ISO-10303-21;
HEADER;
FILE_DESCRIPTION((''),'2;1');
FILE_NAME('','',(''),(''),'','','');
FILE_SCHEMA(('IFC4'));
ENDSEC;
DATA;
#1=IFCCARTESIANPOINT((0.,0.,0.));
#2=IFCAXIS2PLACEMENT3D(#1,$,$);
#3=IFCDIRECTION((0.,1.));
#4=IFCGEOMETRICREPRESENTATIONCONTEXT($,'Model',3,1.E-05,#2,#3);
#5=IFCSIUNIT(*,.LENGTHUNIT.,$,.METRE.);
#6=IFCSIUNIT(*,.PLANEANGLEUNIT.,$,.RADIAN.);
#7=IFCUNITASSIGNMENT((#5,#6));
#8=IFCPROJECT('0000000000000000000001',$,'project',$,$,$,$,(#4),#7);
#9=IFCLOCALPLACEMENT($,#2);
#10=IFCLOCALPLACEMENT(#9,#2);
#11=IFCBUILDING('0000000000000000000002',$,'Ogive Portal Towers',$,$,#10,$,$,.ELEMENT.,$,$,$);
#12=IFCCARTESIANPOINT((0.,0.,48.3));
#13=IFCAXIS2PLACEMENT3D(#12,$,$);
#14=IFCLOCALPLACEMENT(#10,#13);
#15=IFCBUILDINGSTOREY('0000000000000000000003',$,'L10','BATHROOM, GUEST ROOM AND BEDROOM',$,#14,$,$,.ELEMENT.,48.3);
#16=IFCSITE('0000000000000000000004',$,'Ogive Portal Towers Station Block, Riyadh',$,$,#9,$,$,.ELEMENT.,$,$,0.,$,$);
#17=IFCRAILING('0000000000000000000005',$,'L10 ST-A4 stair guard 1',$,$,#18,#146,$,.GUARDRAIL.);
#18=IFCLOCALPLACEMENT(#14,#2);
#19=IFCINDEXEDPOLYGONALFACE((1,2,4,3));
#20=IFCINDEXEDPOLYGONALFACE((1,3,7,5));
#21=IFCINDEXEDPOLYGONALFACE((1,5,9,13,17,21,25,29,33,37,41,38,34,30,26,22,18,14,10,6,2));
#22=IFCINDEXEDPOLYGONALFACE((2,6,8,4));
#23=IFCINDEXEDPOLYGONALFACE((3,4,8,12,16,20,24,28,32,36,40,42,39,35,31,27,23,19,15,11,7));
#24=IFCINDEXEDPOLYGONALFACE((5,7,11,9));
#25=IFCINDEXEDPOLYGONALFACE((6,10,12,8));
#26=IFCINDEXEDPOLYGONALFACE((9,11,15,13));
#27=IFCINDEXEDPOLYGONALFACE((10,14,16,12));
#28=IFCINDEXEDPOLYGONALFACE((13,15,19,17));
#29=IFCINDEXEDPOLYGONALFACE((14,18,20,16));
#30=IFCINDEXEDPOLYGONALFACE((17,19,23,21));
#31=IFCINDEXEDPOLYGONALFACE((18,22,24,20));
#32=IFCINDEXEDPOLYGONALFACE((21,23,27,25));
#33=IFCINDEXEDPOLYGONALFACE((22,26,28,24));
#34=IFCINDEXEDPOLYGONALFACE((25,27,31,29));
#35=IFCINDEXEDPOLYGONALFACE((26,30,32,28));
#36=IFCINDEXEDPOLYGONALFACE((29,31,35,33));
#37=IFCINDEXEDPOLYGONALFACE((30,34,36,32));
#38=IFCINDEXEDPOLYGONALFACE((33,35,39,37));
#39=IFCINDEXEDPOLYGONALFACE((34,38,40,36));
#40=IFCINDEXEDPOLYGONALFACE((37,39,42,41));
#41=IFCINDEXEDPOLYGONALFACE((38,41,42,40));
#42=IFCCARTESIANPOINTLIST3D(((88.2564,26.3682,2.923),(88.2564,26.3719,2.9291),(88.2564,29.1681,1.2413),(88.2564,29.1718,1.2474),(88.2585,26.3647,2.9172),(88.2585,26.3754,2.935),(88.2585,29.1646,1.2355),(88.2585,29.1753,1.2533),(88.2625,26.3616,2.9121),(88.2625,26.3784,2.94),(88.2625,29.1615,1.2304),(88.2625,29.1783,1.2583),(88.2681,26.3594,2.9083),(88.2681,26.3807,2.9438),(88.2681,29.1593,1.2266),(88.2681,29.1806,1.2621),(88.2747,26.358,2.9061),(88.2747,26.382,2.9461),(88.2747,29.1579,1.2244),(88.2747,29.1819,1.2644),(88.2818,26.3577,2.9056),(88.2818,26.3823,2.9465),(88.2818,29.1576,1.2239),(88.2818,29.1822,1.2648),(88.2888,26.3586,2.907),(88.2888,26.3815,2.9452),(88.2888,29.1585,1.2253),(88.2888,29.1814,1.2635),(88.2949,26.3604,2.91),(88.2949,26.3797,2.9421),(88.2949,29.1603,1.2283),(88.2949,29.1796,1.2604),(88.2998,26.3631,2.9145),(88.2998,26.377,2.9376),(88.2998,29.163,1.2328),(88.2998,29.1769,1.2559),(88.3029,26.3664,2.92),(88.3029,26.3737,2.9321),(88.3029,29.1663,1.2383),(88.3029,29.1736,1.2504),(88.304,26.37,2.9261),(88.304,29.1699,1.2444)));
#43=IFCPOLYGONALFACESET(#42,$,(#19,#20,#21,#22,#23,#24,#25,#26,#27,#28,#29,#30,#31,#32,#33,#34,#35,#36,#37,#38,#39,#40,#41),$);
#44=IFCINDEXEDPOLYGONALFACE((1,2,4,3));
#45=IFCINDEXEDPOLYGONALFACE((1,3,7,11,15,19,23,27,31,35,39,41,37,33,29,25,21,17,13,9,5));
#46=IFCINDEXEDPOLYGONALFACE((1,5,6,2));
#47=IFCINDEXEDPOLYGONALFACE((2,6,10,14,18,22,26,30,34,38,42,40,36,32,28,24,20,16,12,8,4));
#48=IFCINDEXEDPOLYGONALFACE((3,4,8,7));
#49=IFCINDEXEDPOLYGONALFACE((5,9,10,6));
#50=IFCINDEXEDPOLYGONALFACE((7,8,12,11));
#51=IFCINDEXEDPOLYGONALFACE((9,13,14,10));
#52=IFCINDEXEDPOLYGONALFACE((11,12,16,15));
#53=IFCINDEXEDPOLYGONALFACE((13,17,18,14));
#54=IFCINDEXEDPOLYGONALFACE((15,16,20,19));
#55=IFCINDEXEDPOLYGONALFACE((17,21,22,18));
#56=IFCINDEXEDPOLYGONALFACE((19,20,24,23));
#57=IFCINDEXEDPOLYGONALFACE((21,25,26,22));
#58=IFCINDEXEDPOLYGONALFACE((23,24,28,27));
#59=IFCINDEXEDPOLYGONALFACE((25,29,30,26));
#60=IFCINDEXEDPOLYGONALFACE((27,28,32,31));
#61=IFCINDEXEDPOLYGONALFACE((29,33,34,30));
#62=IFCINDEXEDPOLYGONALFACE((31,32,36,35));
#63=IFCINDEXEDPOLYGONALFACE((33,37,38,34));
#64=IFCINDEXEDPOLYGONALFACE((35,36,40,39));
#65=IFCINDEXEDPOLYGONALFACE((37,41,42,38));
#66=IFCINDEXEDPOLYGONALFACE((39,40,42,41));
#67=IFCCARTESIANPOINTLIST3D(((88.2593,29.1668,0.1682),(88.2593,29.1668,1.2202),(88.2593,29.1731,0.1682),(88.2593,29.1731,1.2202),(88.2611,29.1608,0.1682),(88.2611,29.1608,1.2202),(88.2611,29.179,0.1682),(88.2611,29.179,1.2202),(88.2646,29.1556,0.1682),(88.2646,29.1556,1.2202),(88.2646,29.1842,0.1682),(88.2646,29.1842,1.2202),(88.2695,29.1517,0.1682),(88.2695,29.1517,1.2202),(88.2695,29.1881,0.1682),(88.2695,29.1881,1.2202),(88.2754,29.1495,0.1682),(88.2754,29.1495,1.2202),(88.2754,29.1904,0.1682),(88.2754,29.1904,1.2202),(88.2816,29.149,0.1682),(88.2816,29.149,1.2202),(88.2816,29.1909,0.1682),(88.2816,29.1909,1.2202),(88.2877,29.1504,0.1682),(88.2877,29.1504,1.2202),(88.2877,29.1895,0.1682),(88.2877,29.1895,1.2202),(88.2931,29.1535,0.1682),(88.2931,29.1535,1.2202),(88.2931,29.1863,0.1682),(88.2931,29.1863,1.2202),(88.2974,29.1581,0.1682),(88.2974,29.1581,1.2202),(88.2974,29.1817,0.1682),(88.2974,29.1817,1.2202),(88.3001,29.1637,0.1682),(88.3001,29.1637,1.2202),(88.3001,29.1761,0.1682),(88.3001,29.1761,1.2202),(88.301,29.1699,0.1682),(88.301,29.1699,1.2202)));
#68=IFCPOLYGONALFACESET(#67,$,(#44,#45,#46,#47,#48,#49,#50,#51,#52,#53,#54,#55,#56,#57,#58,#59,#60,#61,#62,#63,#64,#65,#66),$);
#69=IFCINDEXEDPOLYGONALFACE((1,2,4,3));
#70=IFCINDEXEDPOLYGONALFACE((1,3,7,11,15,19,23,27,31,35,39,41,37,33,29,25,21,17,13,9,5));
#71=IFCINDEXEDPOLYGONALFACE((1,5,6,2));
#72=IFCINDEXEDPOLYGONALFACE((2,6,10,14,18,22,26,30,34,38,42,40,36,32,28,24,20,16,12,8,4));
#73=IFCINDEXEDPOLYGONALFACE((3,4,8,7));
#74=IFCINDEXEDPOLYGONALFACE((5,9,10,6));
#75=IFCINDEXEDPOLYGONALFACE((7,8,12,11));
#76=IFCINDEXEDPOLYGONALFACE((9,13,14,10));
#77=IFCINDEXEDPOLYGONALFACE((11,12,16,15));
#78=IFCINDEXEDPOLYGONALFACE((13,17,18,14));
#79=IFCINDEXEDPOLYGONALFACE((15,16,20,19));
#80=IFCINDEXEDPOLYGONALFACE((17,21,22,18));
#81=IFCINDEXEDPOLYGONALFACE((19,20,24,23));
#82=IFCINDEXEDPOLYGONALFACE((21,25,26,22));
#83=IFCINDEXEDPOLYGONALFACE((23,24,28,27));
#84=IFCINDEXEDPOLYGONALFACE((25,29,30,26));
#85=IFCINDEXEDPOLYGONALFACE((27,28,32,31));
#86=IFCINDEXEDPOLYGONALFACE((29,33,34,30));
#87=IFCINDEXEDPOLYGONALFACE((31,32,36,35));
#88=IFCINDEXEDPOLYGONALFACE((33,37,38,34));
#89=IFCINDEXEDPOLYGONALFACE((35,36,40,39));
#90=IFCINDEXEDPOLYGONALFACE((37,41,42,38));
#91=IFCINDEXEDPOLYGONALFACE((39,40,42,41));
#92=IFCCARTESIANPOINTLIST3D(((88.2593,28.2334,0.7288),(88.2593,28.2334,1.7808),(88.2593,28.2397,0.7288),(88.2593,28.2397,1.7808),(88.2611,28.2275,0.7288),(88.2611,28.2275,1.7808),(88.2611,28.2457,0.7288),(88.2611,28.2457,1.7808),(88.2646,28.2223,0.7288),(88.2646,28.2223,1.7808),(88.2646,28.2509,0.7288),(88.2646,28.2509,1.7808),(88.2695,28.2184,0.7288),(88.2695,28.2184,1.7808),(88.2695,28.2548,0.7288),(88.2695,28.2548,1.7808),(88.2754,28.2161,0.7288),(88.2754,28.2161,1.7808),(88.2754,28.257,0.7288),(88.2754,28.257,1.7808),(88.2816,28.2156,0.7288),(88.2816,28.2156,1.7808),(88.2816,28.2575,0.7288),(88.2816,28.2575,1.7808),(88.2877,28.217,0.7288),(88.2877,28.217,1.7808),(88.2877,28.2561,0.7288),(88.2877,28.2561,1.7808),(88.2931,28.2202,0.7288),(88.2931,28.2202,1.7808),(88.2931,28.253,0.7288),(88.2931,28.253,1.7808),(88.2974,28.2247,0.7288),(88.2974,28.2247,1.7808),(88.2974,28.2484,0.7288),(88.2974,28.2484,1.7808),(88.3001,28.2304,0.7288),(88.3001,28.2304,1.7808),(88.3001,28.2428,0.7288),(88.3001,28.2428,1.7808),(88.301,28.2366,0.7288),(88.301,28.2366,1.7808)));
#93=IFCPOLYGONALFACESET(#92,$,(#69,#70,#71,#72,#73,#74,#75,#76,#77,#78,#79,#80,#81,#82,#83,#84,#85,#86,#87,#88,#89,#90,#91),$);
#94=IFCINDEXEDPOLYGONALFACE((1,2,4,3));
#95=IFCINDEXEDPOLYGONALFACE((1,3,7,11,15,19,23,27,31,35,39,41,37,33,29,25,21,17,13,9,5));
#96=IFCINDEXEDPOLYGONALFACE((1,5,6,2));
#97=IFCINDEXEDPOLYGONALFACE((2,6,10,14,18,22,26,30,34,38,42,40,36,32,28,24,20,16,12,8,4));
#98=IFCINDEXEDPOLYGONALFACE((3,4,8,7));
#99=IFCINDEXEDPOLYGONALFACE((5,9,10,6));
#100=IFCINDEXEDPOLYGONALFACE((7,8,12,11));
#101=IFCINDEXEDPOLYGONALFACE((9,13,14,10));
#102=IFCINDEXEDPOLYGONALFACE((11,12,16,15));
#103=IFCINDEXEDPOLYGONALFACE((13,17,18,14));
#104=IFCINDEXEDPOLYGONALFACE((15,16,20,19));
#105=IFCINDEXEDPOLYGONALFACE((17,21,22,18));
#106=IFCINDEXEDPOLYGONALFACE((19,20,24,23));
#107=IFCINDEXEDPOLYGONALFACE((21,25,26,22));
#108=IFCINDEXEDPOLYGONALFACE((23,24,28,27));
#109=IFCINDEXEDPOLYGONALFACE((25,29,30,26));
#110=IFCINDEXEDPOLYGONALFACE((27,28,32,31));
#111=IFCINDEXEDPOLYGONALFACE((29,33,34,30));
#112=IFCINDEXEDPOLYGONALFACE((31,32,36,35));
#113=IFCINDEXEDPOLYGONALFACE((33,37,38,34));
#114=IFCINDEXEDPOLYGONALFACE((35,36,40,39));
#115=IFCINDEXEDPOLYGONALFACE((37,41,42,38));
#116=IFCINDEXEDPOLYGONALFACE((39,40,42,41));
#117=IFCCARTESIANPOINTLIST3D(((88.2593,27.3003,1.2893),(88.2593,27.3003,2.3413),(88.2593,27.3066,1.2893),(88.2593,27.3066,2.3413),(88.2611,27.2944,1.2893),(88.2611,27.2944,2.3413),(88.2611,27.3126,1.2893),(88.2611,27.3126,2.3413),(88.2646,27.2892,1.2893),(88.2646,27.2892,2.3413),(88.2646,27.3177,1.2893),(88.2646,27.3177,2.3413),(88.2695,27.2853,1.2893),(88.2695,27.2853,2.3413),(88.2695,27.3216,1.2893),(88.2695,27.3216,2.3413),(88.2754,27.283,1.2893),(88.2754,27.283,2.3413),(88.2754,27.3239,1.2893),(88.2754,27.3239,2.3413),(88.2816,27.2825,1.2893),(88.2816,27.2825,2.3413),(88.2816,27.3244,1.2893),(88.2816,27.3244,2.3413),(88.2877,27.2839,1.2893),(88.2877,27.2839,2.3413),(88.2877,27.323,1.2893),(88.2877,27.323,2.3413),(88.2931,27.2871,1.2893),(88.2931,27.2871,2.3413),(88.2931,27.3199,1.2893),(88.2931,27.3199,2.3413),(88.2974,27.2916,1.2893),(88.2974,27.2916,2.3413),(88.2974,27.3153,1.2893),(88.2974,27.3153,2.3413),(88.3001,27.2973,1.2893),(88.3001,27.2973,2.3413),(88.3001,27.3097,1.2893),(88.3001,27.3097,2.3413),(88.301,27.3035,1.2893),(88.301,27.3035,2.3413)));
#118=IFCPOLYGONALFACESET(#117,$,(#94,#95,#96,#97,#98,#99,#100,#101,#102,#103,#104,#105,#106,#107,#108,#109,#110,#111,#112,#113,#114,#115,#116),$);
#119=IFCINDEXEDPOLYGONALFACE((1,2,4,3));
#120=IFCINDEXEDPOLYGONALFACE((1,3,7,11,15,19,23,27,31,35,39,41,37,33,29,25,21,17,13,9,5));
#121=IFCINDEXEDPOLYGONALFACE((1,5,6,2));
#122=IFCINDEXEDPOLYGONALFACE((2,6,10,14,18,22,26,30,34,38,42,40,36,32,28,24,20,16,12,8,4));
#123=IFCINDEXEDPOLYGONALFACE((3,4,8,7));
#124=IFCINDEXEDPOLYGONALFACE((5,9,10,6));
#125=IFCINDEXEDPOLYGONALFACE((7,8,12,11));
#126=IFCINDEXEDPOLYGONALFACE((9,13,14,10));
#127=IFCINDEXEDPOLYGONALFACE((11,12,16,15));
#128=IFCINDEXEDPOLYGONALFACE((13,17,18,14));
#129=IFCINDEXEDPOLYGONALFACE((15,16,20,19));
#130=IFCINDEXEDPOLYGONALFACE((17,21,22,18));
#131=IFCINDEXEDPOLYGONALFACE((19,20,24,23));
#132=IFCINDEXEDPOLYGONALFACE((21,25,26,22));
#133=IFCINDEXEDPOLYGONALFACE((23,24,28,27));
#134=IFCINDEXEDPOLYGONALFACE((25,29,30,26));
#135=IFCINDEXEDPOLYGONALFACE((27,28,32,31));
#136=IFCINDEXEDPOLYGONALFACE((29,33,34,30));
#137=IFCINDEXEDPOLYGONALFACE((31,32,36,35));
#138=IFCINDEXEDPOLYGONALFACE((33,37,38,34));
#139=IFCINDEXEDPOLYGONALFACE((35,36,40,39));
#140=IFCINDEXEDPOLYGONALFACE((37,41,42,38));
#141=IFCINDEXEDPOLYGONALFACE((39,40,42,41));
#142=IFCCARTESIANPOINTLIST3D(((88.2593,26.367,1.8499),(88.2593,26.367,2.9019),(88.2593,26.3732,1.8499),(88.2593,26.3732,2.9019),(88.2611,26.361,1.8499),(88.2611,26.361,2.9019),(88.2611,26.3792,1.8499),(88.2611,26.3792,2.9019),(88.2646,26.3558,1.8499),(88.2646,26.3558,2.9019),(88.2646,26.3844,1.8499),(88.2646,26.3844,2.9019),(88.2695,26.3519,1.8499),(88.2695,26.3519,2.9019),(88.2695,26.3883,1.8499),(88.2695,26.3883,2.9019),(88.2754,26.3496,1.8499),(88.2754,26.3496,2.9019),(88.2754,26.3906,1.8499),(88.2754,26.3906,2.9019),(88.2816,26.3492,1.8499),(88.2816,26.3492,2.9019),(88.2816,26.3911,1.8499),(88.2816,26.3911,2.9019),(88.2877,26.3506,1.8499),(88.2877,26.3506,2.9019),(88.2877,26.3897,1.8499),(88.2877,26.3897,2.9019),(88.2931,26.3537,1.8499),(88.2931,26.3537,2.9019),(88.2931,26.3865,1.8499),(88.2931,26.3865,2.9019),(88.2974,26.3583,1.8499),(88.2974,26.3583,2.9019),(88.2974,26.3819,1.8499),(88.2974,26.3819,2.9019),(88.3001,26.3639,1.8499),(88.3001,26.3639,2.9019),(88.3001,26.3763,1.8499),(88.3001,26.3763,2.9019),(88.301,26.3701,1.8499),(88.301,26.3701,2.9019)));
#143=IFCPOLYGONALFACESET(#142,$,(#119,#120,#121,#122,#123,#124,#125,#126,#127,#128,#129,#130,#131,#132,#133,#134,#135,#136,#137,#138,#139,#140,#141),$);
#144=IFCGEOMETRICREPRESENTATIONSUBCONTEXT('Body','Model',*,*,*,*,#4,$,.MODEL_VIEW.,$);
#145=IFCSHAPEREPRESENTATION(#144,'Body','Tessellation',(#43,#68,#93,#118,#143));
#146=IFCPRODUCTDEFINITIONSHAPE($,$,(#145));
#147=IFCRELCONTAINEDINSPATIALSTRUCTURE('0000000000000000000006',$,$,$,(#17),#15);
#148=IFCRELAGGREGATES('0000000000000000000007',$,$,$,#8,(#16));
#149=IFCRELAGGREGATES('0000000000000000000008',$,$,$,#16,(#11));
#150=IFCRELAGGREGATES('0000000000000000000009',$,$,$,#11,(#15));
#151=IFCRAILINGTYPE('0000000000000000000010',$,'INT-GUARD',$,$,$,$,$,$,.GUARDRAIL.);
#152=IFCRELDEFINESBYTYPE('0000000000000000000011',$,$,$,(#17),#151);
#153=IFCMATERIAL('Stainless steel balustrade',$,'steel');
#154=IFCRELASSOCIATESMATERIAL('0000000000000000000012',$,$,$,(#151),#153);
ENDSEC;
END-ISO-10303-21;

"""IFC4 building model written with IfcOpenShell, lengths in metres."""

from ifc_helpers import new_model, si_unit, direction, frame, origin, origin_2d, place, context, subcontext, project, spatial, circle, extrude, material, type_object, element, save


model = new_model("IFC4")

# Units and contexts
model_context = context("Model", 3, precision=1e-05, world=origin(), true_north=direction((0.0, 1.0)))
body_context = subcontext(model_context, "Body", "Model", "MODEL_VIEW")
ifc_project = project(units=[si_unit("LENGTHUNIT", "METRE"), si_unit("PLANEANGLEUNIT", "RADIAN")], contexts=[model_context])

# Site, building, storey
site_placement = place(None, origin())
site = spatial("IfcSite", under=ifc_project, at=site_placement, Name="Ogive Portal Towers Station Block, Riyadh", CompositionType="ELEMENT", RefElevation=0.0)
building_placement = place(site_placement, origin())
building = spatial("IfcBuilding", under=site, at=building_placement, Name="Ogive Portal Towers", CompositionType="ELEMENT")
storey_placement = place(building_placement, frame((0.0, 0.0, 48.3)))
storey = spatial("IfcBuildingStorey", under=building, at=storey_placement, Name="L10", Description="BATHROOM, GUEST ROOM AND BEDROOM", CompositionType="ELEMENT", Elevation=48.3)

# Railing
ifc_material_1 = material(Name="Stainless steel balustrade", Category="steel")
railing_type_1 = type_object("IfcRailingType", Name="INT-GUARD", PredefinedType="GUARDRAIL", material=ifc_material_1)
railing_1_placement = place(storey_placement, frame((88.28, 29.1699, 0.1682)))
element("IfcRailing", 1, at=railing_1_placement, inside=storey, type_object=railing_type_1, Name="L10 ST-A4 stair guard 1", PredefinedType="GUARDRAIL", context=body_context, shape_type="SweptSolid", body=[
    extrude(circle(Radius=0.0239, at=origin_2d()), frame((0.0, 0.0, 1.0762), z_axis=(0.0, -0.857255, 0.514891), x_axis=(1.0, 0.0, 0.0)), (0.0, 0.0, 1.0), 3.2661),
    extrude(circle(Radius=0.021, at=origin_2d()), origin(), (0.0, 0.0, 1.0), 1.052),
    extrude(circle(Radius=0.021, at=origin_2d()), frame((0.0, -0.9333, 0.5605)), (0.0, 0.0, 1.0), 1.052),
    extrude(circle(Radius=0.021, at=origin_2d()), frame((0.0, -1.8665, 1.1211)), (0.0, 0.0, 1.0), 1.052),
    extrude(circle(Radius=0.021, at=origin_2d()), frame((0.0, -2.7998, 1.6816)), (0.0, 0.0, 1.0), 1.052),
])

save(model, "model.ifc")
